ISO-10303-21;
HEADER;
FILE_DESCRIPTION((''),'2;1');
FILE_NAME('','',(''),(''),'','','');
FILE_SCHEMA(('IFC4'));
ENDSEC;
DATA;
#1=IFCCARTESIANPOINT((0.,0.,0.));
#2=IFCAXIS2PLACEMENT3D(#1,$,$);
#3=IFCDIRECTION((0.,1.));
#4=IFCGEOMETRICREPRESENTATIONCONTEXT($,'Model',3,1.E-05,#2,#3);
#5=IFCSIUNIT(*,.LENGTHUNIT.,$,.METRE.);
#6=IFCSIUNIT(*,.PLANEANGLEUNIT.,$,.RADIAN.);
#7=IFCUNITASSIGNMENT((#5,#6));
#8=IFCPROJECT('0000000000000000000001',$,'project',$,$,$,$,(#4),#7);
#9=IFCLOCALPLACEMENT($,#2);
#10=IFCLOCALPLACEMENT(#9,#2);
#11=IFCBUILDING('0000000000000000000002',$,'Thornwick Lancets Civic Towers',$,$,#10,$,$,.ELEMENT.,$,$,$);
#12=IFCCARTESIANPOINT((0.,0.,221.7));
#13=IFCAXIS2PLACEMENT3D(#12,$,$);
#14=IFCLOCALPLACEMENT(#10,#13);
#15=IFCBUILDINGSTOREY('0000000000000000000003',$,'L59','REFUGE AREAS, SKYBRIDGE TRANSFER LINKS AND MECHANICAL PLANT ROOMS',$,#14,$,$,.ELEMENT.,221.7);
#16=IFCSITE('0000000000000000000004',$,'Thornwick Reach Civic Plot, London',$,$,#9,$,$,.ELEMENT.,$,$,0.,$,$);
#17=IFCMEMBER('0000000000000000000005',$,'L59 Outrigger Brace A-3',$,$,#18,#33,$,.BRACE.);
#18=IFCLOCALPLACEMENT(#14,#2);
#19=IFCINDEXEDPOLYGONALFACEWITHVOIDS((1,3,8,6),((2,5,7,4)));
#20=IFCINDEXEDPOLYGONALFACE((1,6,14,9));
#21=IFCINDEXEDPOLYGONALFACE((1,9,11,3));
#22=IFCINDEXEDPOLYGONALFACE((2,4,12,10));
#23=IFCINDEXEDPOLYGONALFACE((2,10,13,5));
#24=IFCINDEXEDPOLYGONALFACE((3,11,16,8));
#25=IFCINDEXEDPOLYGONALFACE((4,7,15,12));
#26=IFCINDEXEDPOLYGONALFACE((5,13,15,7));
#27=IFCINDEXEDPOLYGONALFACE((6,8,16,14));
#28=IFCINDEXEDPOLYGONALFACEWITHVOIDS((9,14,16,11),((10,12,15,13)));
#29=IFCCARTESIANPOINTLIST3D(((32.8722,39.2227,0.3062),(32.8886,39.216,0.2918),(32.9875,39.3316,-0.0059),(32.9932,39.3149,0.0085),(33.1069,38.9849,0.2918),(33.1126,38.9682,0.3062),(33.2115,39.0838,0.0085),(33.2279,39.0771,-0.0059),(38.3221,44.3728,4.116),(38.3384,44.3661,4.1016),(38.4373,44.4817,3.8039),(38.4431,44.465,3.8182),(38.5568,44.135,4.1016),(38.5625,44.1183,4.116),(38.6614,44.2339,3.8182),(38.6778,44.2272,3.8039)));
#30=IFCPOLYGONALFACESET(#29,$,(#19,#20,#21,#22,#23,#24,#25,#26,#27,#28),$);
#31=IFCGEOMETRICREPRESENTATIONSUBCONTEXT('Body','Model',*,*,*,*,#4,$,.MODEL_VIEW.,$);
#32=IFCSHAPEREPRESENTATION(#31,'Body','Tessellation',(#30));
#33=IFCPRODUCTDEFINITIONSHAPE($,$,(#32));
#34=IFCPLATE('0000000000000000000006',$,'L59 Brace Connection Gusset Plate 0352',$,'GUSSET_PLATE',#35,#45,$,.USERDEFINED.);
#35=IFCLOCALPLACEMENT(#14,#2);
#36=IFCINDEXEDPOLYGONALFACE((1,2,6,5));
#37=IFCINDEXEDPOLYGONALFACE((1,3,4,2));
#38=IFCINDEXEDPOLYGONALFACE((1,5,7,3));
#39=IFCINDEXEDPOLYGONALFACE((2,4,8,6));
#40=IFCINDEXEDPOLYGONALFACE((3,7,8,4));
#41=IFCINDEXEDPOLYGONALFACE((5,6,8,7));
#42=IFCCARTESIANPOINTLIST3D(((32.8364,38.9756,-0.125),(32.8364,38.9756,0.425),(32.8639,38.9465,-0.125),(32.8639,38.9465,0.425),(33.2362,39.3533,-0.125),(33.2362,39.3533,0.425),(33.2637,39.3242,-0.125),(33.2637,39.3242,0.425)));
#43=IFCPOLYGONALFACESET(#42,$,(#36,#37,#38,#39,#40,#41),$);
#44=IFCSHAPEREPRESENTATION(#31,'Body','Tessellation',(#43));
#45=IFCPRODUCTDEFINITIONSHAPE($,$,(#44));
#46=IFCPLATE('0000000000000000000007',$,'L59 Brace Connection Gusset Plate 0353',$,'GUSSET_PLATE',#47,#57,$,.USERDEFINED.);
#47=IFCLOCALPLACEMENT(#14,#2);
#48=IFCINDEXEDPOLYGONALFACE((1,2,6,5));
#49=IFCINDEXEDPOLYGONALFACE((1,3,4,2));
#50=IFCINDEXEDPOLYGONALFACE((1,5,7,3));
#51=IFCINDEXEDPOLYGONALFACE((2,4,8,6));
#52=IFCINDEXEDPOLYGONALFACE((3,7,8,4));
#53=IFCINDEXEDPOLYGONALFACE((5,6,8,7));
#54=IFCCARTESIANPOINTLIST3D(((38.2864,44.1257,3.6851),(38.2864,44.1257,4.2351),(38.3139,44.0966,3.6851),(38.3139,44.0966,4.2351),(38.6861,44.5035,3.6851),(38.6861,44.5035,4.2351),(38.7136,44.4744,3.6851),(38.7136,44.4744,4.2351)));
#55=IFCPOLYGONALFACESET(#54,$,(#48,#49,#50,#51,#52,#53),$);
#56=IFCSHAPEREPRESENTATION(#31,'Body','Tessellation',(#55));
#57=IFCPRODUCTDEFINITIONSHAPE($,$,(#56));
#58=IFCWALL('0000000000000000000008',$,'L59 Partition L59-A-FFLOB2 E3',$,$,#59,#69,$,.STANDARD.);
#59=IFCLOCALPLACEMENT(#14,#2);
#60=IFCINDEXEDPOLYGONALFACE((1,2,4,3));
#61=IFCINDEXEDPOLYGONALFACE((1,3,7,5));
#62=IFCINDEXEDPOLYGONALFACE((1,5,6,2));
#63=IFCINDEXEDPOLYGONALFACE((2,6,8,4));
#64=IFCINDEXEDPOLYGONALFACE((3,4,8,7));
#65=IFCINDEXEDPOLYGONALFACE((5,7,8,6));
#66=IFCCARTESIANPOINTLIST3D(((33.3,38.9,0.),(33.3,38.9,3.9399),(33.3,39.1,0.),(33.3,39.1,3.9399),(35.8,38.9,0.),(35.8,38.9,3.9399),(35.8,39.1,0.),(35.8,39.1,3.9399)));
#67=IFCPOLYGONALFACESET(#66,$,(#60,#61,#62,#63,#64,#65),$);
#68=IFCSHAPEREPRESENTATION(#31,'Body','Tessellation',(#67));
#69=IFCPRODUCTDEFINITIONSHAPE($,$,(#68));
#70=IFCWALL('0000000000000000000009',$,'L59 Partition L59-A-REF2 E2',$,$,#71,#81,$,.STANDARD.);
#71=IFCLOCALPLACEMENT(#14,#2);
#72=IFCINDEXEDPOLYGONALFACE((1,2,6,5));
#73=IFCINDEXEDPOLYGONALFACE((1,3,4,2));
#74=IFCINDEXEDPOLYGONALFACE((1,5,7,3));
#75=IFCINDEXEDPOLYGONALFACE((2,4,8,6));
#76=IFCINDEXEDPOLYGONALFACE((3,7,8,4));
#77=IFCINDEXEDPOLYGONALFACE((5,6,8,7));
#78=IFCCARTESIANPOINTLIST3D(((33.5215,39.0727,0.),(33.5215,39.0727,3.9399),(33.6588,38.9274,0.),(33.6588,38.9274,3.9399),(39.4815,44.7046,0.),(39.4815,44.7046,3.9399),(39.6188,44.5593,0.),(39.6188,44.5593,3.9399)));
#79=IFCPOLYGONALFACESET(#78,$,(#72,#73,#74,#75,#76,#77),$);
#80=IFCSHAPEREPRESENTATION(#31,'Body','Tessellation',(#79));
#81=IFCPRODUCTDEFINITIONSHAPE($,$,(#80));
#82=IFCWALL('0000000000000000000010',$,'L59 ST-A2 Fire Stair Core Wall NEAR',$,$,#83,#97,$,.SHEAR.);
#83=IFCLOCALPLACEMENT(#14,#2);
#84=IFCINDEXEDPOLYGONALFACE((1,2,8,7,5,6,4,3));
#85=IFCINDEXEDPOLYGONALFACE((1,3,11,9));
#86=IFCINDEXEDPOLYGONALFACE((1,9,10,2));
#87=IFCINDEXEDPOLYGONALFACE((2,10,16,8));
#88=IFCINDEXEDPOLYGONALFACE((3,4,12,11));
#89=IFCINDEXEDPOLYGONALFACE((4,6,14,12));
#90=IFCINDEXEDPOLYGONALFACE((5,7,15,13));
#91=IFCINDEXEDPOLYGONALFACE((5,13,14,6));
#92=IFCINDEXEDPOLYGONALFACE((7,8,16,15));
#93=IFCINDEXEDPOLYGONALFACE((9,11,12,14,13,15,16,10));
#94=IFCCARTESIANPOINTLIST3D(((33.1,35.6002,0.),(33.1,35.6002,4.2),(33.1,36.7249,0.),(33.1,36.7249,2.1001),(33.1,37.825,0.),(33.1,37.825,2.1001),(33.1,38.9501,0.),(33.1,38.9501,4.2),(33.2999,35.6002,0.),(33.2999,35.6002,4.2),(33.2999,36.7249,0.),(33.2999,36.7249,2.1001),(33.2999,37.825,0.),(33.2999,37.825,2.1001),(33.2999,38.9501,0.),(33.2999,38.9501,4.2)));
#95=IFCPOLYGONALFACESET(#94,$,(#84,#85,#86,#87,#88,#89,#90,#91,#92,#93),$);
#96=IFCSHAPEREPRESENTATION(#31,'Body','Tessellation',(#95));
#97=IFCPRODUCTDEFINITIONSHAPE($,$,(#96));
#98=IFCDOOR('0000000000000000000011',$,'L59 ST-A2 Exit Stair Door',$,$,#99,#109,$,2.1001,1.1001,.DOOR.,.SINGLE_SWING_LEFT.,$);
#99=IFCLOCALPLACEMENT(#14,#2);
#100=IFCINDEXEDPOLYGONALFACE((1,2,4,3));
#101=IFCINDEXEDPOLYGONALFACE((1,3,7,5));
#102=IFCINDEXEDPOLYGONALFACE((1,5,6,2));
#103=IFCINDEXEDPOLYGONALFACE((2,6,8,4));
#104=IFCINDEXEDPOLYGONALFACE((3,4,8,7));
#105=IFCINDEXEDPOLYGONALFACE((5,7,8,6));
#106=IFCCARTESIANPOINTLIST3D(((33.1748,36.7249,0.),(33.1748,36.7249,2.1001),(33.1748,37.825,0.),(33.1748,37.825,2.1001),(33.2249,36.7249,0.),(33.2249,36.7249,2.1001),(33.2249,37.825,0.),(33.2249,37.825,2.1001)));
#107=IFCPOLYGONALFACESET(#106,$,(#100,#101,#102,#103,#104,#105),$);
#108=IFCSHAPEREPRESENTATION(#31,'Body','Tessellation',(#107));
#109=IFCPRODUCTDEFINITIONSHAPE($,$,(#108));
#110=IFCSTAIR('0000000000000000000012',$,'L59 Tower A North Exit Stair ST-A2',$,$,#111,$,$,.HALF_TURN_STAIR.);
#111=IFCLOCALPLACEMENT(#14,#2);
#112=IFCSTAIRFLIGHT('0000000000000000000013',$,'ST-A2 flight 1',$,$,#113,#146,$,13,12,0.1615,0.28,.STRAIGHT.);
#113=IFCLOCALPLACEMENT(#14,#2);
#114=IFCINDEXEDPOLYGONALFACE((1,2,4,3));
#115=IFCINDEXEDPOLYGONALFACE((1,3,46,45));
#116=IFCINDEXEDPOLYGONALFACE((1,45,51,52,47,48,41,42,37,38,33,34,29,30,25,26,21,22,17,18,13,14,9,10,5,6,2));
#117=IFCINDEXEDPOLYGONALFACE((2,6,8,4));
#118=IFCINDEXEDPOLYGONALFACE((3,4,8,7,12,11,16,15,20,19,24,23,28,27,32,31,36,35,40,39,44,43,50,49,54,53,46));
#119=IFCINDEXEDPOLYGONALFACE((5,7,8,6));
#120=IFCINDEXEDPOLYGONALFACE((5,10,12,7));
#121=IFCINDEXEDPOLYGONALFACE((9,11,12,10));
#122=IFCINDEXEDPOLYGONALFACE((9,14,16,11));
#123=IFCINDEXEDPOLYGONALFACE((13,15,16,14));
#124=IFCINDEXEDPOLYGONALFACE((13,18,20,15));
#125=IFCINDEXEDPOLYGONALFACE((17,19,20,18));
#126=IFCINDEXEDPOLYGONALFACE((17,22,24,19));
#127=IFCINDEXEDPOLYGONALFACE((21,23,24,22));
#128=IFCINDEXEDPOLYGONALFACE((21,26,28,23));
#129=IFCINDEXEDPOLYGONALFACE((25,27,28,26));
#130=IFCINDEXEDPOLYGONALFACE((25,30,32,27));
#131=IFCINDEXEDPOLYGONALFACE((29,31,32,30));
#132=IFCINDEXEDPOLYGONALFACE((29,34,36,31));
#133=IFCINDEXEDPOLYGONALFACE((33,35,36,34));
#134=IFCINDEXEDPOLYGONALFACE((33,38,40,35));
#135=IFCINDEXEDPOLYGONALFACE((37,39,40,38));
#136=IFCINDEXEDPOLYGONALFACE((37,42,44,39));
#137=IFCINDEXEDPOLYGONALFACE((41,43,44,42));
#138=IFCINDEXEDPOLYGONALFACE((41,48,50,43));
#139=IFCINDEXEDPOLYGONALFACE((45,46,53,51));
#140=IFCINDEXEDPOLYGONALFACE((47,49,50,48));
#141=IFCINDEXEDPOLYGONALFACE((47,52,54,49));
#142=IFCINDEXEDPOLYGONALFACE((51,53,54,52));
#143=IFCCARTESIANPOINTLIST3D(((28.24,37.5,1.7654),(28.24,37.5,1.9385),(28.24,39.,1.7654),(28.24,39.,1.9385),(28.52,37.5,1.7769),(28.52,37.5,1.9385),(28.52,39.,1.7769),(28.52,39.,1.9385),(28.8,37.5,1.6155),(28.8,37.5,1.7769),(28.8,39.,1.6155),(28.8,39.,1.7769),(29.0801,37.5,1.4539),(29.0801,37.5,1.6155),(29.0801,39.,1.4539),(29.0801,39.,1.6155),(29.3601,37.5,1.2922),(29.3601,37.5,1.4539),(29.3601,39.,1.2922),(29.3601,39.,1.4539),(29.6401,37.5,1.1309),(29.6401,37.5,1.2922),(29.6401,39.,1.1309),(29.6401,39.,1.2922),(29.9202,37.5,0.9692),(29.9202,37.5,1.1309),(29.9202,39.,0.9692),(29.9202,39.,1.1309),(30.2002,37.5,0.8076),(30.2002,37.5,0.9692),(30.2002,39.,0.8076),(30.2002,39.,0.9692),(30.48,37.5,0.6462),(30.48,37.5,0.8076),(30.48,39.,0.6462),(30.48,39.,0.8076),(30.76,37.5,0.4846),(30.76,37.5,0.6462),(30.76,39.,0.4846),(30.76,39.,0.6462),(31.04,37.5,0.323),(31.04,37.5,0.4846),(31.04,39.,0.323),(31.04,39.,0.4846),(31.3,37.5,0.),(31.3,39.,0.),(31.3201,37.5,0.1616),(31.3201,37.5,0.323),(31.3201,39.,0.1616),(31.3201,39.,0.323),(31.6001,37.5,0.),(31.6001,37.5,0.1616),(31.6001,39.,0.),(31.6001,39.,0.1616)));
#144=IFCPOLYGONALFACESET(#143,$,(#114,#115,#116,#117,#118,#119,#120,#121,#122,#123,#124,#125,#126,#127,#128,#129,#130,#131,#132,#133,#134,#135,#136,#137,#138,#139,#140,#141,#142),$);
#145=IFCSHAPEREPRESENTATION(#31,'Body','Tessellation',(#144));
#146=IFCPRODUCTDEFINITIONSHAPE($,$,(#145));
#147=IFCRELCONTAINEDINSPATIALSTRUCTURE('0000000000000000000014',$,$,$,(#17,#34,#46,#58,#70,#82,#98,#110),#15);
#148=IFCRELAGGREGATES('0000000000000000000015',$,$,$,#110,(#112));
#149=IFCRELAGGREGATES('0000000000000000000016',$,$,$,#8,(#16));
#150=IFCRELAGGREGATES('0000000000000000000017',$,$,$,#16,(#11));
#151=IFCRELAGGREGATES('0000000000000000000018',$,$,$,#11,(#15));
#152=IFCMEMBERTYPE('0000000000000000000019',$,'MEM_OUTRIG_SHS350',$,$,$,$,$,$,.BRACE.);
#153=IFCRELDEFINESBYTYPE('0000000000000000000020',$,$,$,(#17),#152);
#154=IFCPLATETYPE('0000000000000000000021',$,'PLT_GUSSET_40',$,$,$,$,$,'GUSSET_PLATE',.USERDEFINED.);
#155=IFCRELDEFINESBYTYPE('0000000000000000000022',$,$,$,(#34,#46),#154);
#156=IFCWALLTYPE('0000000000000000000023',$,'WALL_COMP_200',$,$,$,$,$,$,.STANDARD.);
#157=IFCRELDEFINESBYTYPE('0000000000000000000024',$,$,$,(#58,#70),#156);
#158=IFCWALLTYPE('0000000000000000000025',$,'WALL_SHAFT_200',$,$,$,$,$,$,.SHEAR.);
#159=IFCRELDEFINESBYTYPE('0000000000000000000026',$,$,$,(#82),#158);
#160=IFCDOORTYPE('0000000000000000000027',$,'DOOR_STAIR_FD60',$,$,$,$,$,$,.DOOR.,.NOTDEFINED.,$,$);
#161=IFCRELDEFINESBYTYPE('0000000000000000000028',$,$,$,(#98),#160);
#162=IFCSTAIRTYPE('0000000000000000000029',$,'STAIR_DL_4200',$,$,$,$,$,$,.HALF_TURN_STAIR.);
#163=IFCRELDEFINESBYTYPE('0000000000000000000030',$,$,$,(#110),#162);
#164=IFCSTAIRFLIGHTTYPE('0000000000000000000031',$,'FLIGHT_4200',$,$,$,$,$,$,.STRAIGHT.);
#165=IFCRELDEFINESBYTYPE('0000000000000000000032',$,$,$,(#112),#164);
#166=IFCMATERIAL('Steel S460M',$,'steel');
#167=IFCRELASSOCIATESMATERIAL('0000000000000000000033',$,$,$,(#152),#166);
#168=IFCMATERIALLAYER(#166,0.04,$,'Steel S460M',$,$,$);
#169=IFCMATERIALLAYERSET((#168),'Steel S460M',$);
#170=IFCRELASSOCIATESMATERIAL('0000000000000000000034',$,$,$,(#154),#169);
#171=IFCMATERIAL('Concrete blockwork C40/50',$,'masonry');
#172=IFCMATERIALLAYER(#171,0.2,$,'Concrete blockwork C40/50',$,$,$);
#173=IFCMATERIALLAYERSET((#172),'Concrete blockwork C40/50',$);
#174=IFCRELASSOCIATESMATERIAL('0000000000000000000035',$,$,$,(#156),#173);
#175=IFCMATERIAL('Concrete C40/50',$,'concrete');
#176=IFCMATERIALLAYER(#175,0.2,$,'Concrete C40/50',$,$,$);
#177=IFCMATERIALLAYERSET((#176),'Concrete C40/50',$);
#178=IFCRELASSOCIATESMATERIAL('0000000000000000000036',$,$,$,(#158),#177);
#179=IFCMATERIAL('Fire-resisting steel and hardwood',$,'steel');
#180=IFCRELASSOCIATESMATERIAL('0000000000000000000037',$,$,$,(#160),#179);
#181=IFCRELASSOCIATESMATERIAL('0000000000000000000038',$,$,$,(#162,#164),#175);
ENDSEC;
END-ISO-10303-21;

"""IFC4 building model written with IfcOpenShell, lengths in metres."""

from ifc_helpers import new_model, si_unit, direction, frame, frame_2d, origin, origin_2d, place, context, subcontext, project, spatial, polyline, rectangle, hollow_rectangle, outline, extrude, material, layer, layer_set, material_profile, profile_set, type_object, element, fill, aggregate, save


model = new_model("IFC4")

# Units and contexts
model_context = context("Model", 3, precision=1e-05, world=origin(), true_north=direction((0.0, 1.0)))
body_context = subcontext(model_context, "Body", "Model", "MODEL_VIEW")
ifc_project = project(units=[si_unit("LENGTHUNIT", "METRE"), si_unit("PLANEANGLEUNIT", "RADIAN")], contexts=[model_context])

# Site, building, storey
site_placement = place(None, origin())
site = spatial("IfcSite", under=ifc_project, at=site_placement, Name="Thornwick Reach Civic Plot, London", CompositionType="ELEMENT", RefElevation=0.0)
building_placement = place(site_placement, origin())
building = spatial("IfcBuilding", under=site, at=building_placement, Name="Thornwick Lancets Civic Towers", CompositionType="ELEMENT")
storey_placement = place(building_placement, frame((0.0, 0.0, 221.7)))
storey = spatial("IfcBuildingStorey", under=building, at=storey_placement, Name="L59", Description="REFUGE AREAS, SKYBRIDGE TRANSFER LINKS AND MECHANICAL PLANT ROOMS", CompositionType="ELEMENT", Elevation=221.7)

# Shared definitions
ifc_material_1 = material(Name="Concrete C40/50", Category="concrete")

# Member
ifc_material_2 = material(Name="Steel S460M", Category="steel")
ifc_material_profile_1 = material_profile(ifc_material_2, hollow_rectangle(XDim=0.3501, YDim=0.3501, WallThickness=0.0161, at=origin_2d()), Name="SHS 350x350x16")
ifc_profile_set_1 = profile_set([ifc_material_profile_1], Name="Steel S460M")
member_type = type_object("IfcMemberType", Name="MEM_OUTRIG_SHS350", PredefinedType="BRACE", material=ifc_profile_set_1)
member_placement = place(storey_placement, frame((33.05, 39.1499, 0.1501), z_axis=(0.647975, 0.612329, 0.45297), x_axis=(-0.686833, 0.726815, 0.0)))
element("IfcMember", 1, at=member_placement, inside=storey, type_object=member_type, Name="L59 Outrigger Brace A-3", PredefinedType="BRACE", context=body_context, shape_type="SweptSolid", body=[
    extrude(hollow_rectangle(XDim=0.3501, YDim=0.3501, WallThickness=0.0161, at=origin_2d()), origin(), (0.0, 0.0, 1.0), 8.4106),
])

# Plates
ifc_layer_1 = layer(ifc_material_2, 0.04, Name="Steel S460M")
ifc_layer_set_1 = layer_set([ifc_layer_1], Name="Steel S460M")
plate_type = type_object("IfcPlateType", Name="PLT_GUSSET_40", ElementType="GUSSET_PLATE", PredefinedType="USERDEFINED", material=ifc_layer_set_1)
for number, where, z_axis, x_axis, name in (
    (2, (33.05, 39.1499, -0.125), (0.0, 0.0, 1.0), (0.726814, 0.686834, 0.0), "L59 Brace Connection Gusset Plate 0352"),
    (3, (38.5, 44.3, 3.6851), (0.0, 0.0, 1.0), (0.726814, 0.686834, 0.0), "L59 Brace Connection Gusset Plate 0353"),
):
    element("IfcPlate", number, at=place(storey_placement, frame(where, z_axis=z_axis, x_axis=x_axis)), inside=storey, type_object=plate_type, Name=name, ObjectType="GUSSET_PLATE", PredefinedType="USERDEFINED", context=body_context, shape_type="SweptSolid", body=[
        extrude(rectangle(XDim=0.55, YDim=0.04, at=origin_2d()), origin(), (0.0, 0.0, 1.0), 0.55),
    ])

# Walls
ifc_material_3 = material(Name="Concrete blockwork C40/50", Category="masonry")
ifc_layer_2 = layer(ifc_material_3, 0.2, Name="Concrete blockwork C40/50")
ifc_layer_set_2 = layer_set([ifc_layer_2], Name="Concrete blockwork C40/50")
wall_type_1 = type_object("IfcWallType", Name="WALL_COMP_200", PredefinedType="STANDARD", material=ifc_layer_set_2)
wall_1_placement = place(storey_placement, frame((35.8, 39.0, 0.0), z_axis=(0.0, 0.0, 1.0), x_axis=(-1.0, 0.0, 0.0)))
element("IfcWall", 4, at=wall_1_placement, inside=storey, type_object=wall_type_1, Name="L59 Partition L59-A-FFLOB2 E3", PredefinedType="STANDARD", context=body_context, shape_type="SweptSolid", body=[
    extrude(rectangle(XDim=2.5, YDim=0.2, at=frame_2d((1.25, 0.0))), origin(), (0.0, 0.0, 1.0), 3.9399),
])
wall_2_placement = place(storey_placement, frame((33.5901, 39.0, 0.0), z_axis=(0.0, 0.0, 1.0), x_axis=(0.726831, 0.686816, 0.0)))
element("IfcWall", 5, at=wall_2_placement, inside=storey, type_object=wall_type_1, Name="L59 Partition L59-A-REF2 E2", PredefinedType="STANDARD", context=body_context, shape_type="SweptSolid", body=[
    extrude(rectangle(XDim=8.2, YDim=0.2, at=frame_2d((4.1001, 0.0))), origin(), (0.0, 0.0, 1.0), 3.9399),
])

# Wall, opening, door
ifc_layer_3 = layer(ifc_material_1, 0.2, Name="Concrete C40/50")
ifc_layer_set_3 = layer_set([ifc_layer_3], Name="Concrete C40/50")
wall_type_2 = type_object("IfcWallType", Name="WALL_SHAFT_200", PredefinedType="SHEAR", material=ifc_layer_set_3)
wall_3_placement = place(storey_placement, frame((33.2, 38.95, 0.0), z_axis=(0.0, 0.0, 1.0), x_axis=(0.0, -1.0, 0.0)))
wall_3 = element("IfcWall", 6, at=wall_3_placement, inside=storey, type_object=wall_type_2, Name="L59 ST-A2 Fire Stair Core Wall NEAR", PredefinedType="SHEAR", context=body_context, shape_type="SweptSolid", body=[
    extrude(rectangle(XDim=3.3499, YDim=0.2, at=frame_2d((1.6748, 0.0))), origin(), (0.0, 0.0, 1.0), 4.2),
])
opening_placement = place(wall_3_placement, frame((1.125, 0.0, 0.0)))
opening = element("IfcOpeningElement", 7, at=opening_placement, cuts=wall_3, PredefinedType="OPENING", context=body_context, shape_type="SweptSolid", body=[
    extrude(rectangle(XDim=1.1001, YDim=2.1001, at=frame_2d((0.55, 1.05))), frame((0.0, 0.1099, 0.0), z_axis=(0.0, -1.0, 0.0), x_axis=(1.0, 0.0, 0.0)), (0.0, 0.0, 1.0), 0.22),
])
ifc_material_4 = material(Name="Fire-resisting steel and hardwood", Category="steel")
door_type = type_object("IfcDoorType", Name="DOOR_STAIR_FD60", OperationType="NOTDEFINED", PredefinedType="DOOR", material=ifc_material_4)
door_placement = place(opening_placement, origin())
door = element("IfcDoor", 8, at=door_placement, inside=storey, type_object=door_type, Name="L59 ST-A2 Exit Stair Door", OperationType="SINGLE_SWING_LEFT", OverallHeight=2.1001, OverallWidth=1.1001, PredefinedType="DOOR", context=body_context, shape_type="SweptSolid", body=[
    extrude(rectangle(XDim=1.1001, YDim=2.1001, at=frame_2d((0.55, 1.05))), frame((0.0, 0.0249, 0.0), z_axis=(0.0, -1.0, 0.0), x_axis=(1.0, 0.0, 0.0)), (0.0, 0.0, 1.0), 0.05),
])
fill(opening, door)

# Stair, stair flight
stair_type = type_object("IfcStairType", Name="STAIR_DL_4200", PredefinedType="HALF_TURN_STAIR", material=ifc_material_1)
stair_placement = place(storey_placement, origin())
stair = element("IfcStair", 9, at=stair_placement, inside=storey, type_object=stair_type, Name="L59 Tower A North Exit Stair ST-A2", PredefinedType="HALF_TURN_STAIR")
stair_flight_type = type_object("IfcStairFlightType", Name="FLIGHT_4200", PredefinedType="STRAIGHT", material=ifc_material_1)
stair_flight_placement = place(storey_placement, frame((31.6001, 38.25, 0.0), z_axis=(0.0, 0.0, 1.0), x_axis=(-1.0, 0.0, 0.0)))
stair_flight = element("IfcStairFlight", 10, at=stair_flight_placement, type_object=stair_flight_type, Name="ST-A2 flight 1", NumberOfRisers=13, NumberOfTreads=12, PredefinedType="STRAIGHT", RiserHeight=0.1615, TreadLength=0.28, context=body_context, shape_type="SweptSolid", body=[
    extrude(outline(polyline([(0.0, 0.0), (0.0, 0.1616), (0.28, 0.1616), (0.28, 0.323), (0.5601, 0.323), (0.5601, 0.4846), (0.8401, 0.4846), (0.8401, 0.6462), (1.1201, 0.6462), (1.1201, 0.8076), (1.3999, 0.8076), (1.3999, 0.9692), (1.6799, 0.9692), (1.6799, 1.1309), (1.96, 1.1309), (1.96, 1.2922), (2.24, 1.2922), (2.24, 1.4539), (2.52, 1.4539), (2.52, 1.6155), (2.8, 1.6155), (2.8, 1.7769), (3.0801, 1.7769), (3.0801, 1.9385), (3.3601, 1.9385), (3.3601, 2.1001), (3.3601, 1.7654), (0.3, 0.0), (0.0, 0.0)])), frame((0.0, 0.75, 0.0), z_axis=(0.0, -1.0, 0.0), x_axis=(1.0, 0.0, 0.0)), (0.0, 0.0, 1.0), 1.5),
])
aggregate(stair, [stair_flight])

save(model, "model.ifc")
